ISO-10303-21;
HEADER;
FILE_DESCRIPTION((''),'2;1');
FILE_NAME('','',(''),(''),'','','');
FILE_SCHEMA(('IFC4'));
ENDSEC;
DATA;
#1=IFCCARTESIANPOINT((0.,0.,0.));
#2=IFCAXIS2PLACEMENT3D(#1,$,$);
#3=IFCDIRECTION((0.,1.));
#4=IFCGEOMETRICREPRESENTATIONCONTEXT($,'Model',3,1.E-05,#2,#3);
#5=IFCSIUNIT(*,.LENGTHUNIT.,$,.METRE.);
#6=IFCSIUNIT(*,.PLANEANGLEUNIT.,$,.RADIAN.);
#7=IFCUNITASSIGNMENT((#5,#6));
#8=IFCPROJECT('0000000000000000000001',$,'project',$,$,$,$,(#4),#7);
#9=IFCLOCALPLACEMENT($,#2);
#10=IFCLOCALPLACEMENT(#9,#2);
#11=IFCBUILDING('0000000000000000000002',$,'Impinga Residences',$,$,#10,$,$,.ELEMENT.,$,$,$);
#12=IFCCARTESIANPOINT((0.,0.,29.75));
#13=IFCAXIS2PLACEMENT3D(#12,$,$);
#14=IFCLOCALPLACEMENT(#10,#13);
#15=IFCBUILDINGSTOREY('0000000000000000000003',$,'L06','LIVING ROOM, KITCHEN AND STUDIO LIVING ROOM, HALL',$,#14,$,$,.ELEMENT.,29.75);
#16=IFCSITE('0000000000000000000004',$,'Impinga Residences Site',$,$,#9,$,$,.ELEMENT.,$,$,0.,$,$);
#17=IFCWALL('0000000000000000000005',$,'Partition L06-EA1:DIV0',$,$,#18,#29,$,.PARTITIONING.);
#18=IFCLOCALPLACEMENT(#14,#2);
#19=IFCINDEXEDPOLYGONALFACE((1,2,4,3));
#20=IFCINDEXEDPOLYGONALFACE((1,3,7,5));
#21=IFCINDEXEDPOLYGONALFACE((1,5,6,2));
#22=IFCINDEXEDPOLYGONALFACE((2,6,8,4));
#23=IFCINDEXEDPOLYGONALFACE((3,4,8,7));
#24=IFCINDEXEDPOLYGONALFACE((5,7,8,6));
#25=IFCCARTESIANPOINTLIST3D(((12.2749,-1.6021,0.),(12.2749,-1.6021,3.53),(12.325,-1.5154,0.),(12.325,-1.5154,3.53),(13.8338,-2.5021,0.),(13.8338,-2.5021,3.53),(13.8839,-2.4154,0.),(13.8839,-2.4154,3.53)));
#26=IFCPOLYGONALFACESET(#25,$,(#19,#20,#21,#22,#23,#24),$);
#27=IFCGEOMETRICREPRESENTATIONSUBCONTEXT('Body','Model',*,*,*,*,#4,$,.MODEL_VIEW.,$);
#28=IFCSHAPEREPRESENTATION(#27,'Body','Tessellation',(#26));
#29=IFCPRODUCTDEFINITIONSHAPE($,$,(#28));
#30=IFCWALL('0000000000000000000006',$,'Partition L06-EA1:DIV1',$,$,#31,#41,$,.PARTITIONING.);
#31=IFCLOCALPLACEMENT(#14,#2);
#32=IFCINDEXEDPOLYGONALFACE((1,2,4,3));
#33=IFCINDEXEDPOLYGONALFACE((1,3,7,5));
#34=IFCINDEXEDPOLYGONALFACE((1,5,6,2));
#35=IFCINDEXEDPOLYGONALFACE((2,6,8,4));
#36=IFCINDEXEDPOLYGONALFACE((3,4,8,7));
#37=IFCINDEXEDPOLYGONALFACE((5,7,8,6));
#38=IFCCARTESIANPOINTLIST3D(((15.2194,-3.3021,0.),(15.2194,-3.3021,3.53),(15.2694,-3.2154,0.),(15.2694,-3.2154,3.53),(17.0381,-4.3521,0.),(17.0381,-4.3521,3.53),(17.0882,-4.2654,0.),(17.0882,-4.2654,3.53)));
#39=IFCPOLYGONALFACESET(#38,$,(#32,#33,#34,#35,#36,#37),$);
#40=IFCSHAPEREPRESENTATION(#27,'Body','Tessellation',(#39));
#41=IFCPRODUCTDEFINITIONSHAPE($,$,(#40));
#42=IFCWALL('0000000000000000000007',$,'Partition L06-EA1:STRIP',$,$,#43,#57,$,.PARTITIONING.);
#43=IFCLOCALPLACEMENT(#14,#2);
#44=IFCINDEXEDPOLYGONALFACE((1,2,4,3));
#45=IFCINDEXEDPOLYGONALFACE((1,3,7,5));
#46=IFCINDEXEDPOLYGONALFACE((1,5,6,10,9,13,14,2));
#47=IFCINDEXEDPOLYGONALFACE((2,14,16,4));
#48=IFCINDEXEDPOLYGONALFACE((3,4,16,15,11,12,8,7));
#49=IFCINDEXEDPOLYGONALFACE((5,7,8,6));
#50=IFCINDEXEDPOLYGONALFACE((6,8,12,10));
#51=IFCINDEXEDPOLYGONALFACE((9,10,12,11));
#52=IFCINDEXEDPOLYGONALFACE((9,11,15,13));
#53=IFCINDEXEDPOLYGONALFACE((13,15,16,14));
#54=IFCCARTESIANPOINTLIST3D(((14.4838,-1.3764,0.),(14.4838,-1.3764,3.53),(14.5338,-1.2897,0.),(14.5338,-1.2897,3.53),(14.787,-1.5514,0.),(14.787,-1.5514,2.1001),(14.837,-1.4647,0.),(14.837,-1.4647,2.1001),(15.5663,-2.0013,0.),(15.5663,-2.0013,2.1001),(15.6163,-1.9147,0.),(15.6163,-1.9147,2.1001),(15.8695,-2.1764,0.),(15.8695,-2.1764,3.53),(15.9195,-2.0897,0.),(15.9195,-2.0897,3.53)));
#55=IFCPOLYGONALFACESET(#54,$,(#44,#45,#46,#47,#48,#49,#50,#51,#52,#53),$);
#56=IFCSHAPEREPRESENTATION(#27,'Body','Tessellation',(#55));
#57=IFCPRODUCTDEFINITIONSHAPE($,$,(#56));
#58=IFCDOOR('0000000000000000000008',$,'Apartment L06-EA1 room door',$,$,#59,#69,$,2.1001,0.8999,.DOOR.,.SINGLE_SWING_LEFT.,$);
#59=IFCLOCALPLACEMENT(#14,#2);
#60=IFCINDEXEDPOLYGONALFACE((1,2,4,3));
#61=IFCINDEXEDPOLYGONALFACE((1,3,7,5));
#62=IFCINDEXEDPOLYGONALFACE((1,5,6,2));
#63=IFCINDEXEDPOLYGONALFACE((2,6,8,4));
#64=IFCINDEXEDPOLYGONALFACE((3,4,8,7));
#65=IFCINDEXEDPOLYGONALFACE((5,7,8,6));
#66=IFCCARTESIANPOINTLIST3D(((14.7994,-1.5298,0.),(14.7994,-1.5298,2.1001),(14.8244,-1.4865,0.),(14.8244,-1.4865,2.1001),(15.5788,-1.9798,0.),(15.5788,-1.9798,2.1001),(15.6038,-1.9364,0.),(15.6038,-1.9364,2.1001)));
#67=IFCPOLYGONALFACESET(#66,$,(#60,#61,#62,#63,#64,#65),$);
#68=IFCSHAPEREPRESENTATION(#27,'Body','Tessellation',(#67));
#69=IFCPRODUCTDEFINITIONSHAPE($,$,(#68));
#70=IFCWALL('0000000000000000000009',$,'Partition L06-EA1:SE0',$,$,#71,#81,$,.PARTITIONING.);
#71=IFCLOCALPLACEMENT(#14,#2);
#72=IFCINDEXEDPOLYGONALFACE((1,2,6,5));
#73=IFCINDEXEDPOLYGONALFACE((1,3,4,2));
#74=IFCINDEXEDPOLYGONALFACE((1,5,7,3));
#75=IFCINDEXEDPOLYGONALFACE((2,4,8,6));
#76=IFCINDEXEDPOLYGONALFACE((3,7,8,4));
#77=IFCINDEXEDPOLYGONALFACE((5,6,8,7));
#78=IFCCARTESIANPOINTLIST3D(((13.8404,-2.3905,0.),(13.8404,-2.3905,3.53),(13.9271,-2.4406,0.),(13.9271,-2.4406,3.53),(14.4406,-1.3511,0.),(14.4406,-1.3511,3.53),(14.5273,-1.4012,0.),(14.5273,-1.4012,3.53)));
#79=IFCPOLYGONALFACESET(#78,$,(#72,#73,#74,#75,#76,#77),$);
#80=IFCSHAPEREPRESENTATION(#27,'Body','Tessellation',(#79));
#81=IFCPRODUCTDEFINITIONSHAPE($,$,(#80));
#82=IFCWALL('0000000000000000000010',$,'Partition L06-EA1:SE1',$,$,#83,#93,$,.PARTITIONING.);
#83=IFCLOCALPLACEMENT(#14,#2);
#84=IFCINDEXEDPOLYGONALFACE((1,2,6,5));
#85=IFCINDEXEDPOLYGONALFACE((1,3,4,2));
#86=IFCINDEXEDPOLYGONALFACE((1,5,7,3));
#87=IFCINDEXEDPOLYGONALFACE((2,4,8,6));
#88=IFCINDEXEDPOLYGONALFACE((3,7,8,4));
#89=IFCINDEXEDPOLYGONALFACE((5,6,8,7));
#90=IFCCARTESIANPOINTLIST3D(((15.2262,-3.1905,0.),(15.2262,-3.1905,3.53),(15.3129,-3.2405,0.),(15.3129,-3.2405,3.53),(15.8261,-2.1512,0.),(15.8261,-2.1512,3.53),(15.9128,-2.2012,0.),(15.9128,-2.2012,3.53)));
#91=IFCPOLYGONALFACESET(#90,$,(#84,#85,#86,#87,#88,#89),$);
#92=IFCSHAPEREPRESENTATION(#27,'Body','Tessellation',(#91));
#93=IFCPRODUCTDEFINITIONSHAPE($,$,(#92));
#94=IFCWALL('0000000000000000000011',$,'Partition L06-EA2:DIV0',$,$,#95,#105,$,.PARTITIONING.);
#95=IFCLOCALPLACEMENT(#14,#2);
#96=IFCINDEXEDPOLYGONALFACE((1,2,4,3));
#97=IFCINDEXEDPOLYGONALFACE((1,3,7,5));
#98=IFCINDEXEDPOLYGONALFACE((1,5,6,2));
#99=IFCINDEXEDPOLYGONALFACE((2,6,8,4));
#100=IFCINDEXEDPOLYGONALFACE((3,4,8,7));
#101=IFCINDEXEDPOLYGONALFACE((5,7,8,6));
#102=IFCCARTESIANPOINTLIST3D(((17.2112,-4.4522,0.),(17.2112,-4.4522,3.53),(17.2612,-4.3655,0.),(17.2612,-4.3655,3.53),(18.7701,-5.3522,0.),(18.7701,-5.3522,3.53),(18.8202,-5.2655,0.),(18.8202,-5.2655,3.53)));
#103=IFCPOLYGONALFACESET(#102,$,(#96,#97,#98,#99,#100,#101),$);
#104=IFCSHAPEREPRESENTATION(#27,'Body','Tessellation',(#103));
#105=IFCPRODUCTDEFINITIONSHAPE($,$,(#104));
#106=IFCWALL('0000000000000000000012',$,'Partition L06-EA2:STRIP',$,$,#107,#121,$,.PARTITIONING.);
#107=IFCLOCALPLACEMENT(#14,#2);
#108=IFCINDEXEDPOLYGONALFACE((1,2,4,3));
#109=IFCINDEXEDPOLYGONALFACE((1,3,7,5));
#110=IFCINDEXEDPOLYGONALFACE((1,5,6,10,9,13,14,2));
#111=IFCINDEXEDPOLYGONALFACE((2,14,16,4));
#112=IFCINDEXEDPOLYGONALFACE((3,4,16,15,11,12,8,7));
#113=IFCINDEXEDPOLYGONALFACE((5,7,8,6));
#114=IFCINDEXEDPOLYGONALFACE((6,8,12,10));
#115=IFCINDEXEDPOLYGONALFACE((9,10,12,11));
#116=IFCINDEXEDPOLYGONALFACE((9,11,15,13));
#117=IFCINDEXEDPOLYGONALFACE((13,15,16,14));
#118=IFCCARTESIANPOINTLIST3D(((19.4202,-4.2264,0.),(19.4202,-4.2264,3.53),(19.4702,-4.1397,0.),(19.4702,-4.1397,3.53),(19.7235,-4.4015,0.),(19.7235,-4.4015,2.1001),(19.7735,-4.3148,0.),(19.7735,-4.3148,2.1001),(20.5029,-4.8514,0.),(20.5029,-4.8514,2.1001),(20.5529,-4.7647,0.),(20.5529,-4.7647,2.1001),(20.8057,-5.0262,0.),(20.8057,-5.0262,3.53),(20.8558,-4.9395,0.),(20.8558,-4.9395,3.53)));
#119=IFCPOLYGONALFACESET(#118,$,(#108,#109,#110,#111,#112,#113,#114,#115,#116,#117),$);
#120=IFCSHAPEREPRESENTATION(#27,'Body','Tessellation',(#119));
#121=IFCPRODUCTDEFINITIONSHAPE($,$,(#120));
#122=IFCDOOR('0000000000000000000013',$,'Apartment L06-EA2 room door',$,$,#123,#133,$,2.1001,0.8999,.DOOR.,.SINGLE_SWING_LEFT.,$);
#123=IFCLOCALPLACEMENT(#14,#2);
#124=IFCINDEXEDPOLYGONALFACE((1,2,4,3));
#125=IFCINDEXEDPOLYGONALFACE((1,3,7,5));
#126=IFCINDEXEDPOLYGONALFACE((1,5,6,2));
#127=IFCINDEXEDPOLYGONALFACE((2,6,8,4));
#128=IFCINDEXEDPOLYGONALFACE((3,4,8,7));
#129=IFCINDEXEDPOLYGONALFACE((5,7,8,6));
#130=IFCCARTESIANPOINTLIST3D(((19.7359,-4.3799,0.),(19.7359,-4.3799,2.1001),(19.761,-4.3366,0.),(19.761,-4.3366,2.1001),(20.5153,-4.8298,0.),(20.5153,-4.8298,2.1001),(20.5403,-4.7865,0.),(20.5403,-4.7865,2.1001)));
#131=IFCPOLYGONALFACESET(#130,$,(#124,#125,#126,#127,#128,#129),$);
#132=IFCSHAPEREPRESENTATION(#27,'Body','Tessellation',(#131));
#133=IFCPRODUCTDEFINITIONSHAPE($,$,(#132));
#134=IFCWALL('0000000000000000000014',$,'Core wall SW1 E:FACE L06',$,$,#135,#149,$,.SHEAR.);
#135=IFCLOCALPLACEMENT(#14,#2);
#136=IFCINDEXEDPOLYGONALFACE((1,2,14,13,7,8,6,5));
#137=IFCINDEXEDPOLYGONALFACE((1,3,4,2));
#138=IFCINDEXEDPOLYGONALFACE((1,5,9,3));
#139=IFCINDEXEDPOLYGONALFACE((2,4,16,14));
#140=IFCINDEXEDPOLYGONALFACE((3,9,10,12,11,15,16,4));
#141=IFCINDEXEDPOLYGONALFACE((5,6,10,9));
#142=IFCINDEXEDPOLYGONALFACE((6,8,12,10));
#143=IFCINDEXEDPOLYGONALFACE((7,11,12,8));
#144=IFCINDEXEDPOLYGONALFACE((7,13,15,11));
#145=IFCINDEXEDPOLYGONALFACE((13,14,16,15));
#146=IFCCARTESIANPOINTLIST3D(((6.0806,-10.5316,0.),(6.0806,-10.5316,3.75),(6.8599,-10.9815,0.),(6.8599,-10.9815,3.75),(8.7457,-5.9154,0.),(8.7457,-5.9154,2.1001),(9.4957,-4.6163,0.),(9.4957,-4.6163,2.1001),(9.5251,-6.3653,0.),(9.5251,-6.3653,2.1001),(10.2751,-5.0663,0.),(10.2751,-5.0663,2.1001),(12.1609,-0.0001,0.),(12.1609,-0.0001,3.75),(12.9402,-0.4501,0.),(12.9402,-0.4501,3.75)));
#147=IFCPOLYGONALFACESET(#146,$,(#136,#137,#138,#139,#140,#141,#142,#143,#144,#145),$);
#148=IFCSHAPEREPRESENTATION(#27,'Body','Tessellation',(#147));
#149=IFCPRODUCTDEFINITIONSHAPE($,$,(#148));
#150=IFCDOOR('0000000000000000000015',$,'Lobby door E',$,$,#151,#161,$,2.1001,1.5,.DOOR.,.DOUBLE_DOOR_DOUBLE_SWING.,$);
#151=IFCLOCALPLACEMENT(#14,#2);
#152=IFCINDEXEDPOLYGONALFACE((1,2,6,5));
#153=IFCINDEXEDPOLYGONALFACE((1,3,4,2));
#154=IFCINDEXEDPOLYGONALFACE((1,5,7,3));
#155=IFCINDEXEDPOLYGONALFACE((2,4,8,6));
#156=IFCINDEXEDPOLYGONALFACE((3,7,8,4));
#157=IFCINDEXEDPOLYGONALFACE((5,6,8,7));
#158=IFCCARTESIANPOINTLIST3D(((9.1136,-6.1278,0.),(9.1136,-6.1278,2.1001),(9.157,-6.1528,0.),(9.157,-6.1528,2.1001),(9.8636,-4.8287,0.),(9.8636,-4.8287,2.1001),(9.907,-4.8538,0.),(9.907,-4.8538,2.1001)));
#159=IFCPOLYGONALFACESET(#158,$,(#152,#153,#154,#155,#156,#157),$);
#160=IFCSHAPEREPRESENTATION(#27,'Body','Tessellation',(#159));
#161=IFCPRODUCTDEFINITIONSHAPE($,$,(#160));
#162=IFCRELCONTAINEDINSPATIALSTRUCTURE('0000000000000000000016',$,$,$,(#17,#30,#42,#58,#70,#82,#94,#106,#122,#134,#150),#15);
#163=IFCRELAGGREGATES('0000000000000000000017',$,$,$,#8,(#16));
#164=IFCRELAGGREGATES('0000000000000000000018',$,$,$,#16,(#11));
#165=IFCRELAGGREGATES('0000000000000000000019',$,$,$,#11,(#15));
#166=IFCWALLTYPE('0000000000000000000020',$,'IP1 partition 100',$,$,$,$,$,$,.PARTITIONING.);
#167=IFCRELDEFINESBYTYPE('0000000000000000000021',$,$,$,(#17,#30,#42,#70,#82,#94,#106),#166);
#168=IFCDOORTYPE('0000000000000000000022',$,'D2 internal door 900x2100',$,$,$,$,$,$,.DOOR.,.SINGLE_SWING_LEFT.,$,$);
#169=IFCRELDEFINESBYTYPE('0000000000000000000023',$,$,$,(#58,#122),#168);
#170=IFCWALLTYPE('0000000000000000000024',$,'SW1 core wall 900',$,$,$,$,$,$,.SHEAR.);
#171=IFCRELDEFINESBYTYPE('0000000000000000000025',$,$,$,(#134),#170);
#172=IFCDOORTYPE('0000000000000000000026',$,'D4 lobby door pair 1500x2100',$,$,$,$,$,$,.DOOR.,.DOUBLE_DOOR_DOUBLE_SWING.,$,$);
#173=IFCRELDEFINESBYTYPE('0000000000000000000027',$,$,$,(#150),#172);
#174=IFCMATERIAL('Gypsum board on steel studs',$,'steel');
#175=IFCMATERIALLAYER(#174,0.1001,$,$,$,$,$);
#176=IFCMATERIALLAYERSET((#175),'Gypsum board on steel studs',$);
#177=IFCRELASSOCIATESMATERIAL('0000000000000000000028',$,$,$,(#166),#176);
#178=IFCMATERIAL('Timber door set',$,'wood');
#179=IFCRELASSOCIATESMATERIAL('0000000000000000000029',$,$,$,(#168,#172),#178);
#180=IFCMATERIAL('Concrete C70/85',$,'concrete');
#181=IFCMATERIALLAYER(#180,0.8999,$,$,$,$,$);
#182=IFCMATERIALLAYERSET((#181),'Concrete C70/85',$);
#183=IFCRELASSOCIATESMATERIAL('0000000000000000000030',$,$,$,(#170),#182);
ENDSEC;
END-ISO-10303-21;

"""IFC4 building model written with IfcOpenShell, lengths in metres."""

from ifc_helpers import new_model, si_unit, direction, frame, frame_2d, origin, place, context, subcontext, project, spatial, rectangle, extrude, material, layer, layer_set, type_object, element, fill, save


model = new_model("IFC4")

# Units and contexts
model_context = context("Model", 3, precision=1e-05, world=origin(), true_north=direction((0.0, 1.0)))
body_context = subcontext(model_context, "Body", "Model", "MODEL_VIEW")
ifc_project = project(units=[si_unit("LENGTHUNIT", "METRE"), si_unit("PLANEANGLEUNIT", "RADIAN")], contexts=[model_context])

# Site, building, storey
site_placement = place(None, origin())
site = spatial("IfcSite", under=ifc_project, at=site_placement, Name="Impinga Residences Site", CompositionType="ELEMENT", RefElevation=0.0)
building_placement = place(site_placement, origin())
building = spatial("IfcBuilding", under=site, at=building_placement, Name="Impinga Residences", CompositionType="ELEMENT")
storey_placement = place(building_placement, frame((0.0, 0.0, 29.75)))
storey = spatial("IfcBuildingStorey", under=building, at=storey_placement, Name="L06", Description="LIVING ROOM, KITCHEN AND STUDIO LIVING ROOM, HALL", CompositionType="ELEMENT", Elevation=29.75)

# Shared definitions
ifc_material_1 = material(Name="Concrete C70/85", Category="concrete")

# Walls
ifc_material_2 = material(Name="Gypsum board on steel studs", Category="steel")
ifc_layer_1 = layer(ifc_material_2, 0.1001)
ifc_layer_set_1 = layer_set([ifc_layer_1], Name="Gypsum board on steel studs")
wall_type_1 = type_object("IfcWallType", Name="IP1 partition 100", PredefinedType="PARTITIONING", material=ifc_layer_set_1)
wall_1_placement = place(storey_placement, frame((12.3, -1.5588, 0.0), z_axis=(0.0, 0.0, 1.0), x_axis=(0.866048, -0.499961, 0.0)))
element("IfcWall", 1, at=wall_1_placement, inside=storey, type_object=wall_type_1, Name="Partition L06-EA1:DIV0", PredefinedType="PARTITIONING", context=body_context, shape_type="SweptSolid", body=[
    extrude(rectangle(XDim=1.8, YDim=0.1001, at=frame_2d((0.8999, 0.0))), origin(), (0.0, 0.0, 1.0), 3.53),
])
wall_2_placement = place(storey_placement, frame((15.2444, -3.2588, 0.0), z_axis=(0.0, 0.0, 1.0), x_axis=(0.866038, -0.499977, 0.0)))
element("IfcWall", 2, at=wall_2_placement, inside=storey, type_object=wall_type_1, Name="Partition L06-EA1:DIV1", PredefinedType="PARTITIONING", context=body_context, shape_type="SweptSolid", body=[
    extrude(rectangle(XDim=2.1001, YDim=0.1001, at=frame_2d((1.05, 0.0))), origin(), (0.0, 0.0, 1.0), 3.53),
])

# Wall, opening, door
wall_3_placement = place(storey_placement, frame((14.5088, -1.333, 0.0), z_axis=(0.0, 0.0, 1.0), x_axis=(0.866028, -0.499995, 0.0)))
wall_3 = element("IfcWall", 3, at=wall_3_placement, inside=storey, type_object=wall_type_1, Name="Partition L06-EA1:STRIP", PredefinedType="PARTITIONING", context=body_context, shape_type="SweptSolid", body=[
    extrude(rectangle(XDim=1.6001, YDim=0.1001, at=frame_2d((0.8, 0.0))), origin(), (0.0, 0.0, 1.0), 3.53),
])
opening_1_placement = place(wall_3_placement, frame((0.3501, 0.0, 0.0)))
opening_1 = element("IfcOpeningElement", 4, at=opening_1_placement, cuts=wall_3, PredefinedType="OPENING", context=body_context, shape_type="SweptSolid", body=[
    extrude(rectangle(XDim=0.8999, YDim=2.1001, at=frame_2d((0.45, 1.05))), frame((0.0, 0.0601, 0.0), z_axis=(0.0, -1.0, 0.0), x_axis=(1.0, 0.0, 0.0)), (0.0, 0.0, 1.0), 0.1201),
])
ifc_material_3 = material(Name="Timber door set", Category="wood")
door_type_1 = type_object("IfcDoorType", Name="D2 internal door 900x2100", OperationType="SINGLE_SWING_LEFT", PredefinedType="DOOR", material=ifc_material_3)
door_1_placement = place(opening_1_placement, origin())
door_1 = element("IfcDoor", 5, at=door_1_placement, inside=storey, type_object=door_type_1, Name="Apartment L06-EA1 room door", OperationType="SINGLE_SWING_LEFT", OverallHeight=2.1001, OverallWidth=0.8999, PredefinedType="DOOR", context=body_context, shape_type="SweptSolid", body=[
    extrude(rectangle(XDim=0.8999, YDim=2.1001, at=frame_2d((0.45, 1.05))), frame((0.0, 0.0249, 0.0), z_axis=(0.0, -1.0, 0.0), x_axis=(1.0, 0.0, 0.0)), (0.0, 0.0, 1.0), 0.05),
])
fill(opening_1, door_1)

# Walls
wall_4_placement = place(storey_placement, frame((13.8838, -2.4155, 0.0), z_axis=(0.0, 0.0, 1.0), x_axis=(0.500034, 0.866006, 0.0)))
element("IfcWall", 6, at=wall_4_placement, inside=storey, type_object=wall_type_1, Name="Partition L06-EA1:SE0", PredefinedType="PARTITIONING", context=body_context, shape_type="SweptSolid", body=[
    extrude(rectangle(XDim=1.2002, YDim=0.1001, at=frame_2d((0.6001, 0.0))), origin(), (0.0, 0.0, 1.0), 3.53),
])
wall_5_placement = place(storey_placement, frame((15.2695, -3.2156, 0.0), z_axis=(0.0, 0.0, 1.0), x_axis=(0.499881, 0.866094, 0.0)))
element("IfcWall", 7, at=wall_5_placement, inside=storey, type_object=wall_type_1, Name="Partition L06-EA1:SE1", PredefinedType="PARTITIONING", context=body_context, shape_type="SweptSolid", body=[
    extrude(rectangle(XDim=1.2, YDim=0.1001, at=frame_2d((0.6001, 0.0))), origin(), (0.0, 0.0, 1.0), 3.53),
])
wall_6_placement = place(storey_placement, frame((17.2363, -4.4089, 0.0), z_axis=(0.0, 0.0, 1.0), x_axis=(0.866048, -0.499961, 0.0)))
element("IfcWall", 8, at=wall_6_placement, inside=storey, type_object=wall_type_1, Name="Partition L06-EA2:DIV0", PredefinedType="PARTITIONING", context=body_context, shape_type="SweptSolid", body=[
    extrude(rectangle(XDim=1.8, YDim=0.1001, at=frame_2d((0.8999, 0.0))), origin(), (0.0, 0.0, 1.0), 3.53),
])

# Walls, openings, doors
wall_7_placement = place(storey_placement, frame((19.4453, -4.1831, 0.0), z_axis=(0.0, 0.0, 1.0), x_axis=(0.866056, -0.499947, 0.0)))
wall_7 = element("IfcWall", 9, at=wall_7_placement, inside=storey, type_object=wall_type_1, Name="Partition L06-EA2:STRIP", PredefinedType="PARTITIONING", context=body_context, shape_type="SweptSolid", body=[
    extrude(rectangle(XDim=1.5999, YDim=0.1001, at=frame_2d((0.7998, 0.0))), origin(), (0.0, 0.0, 1.0), 3.53),
])
opening_2_placement = place(wall_7_placement, frame((0.3501, 0.0, 0.0)))
opening_2 = element("IfcOpeningElement", 10, at=opening_2_placement, cuts=wall_7, PredefinedType="OPENING", context=body_context, shape_type="SweptSolid", body=[
    extrude(rectangle(XDim=0.8999, YDim=2.1001, at=frame_2d((0.45, 1.05))), frame((0.0, 0.0601, 0.0), z_axis=(0.0, -1.0, 0.0), x_axis=(1.0, 0.0, 0.0)), (0.0, 0.0, 1.0), 0.1201),
])
door_2_placement = place(opening_2_placement, origin())
door_2 = element("IfcDoor", 11, at=door_2_placement, inside=storey, type_object=door_type_1, Name="Apartment L06-EA2 room door", OperationType="SINGLE_SWING_LEFT", OverallHeight=2.1001, OverallWidth=0.8999, PredefinedType="DOOR", context=body_context, shape_type="SweptSolid", body=[
    extrude(rectangle(XDim=0.8999, YDim=2.1001, at=frame_2d((0.45, 1.05))), frame((0.0, 0.0249, 0.0), z_axis=(0.0, -1.0, 0.0), x_axis=(1.0, 0.0, 0.0)), (0.0, 0.0, 1.0), 0.05),
])
fill(opening_2, door_2)
ifc_layer_2 = layer(ifc_material_1, 0.8999)
ifc_layer_set_2 = layer_set([ifc_layer_2], Name="Concrete C70/85")
wall_type_2 = type_object("IfcWallType", Name="SW1 core wall 900", PredefinedType="SHEAR", material=ifc_layer_set_2)
wall_8_placement = place(storey_placement, frame((12.5505, -0.2251, 0.0), z_axis=(0.0, 0.0, 1.0), x_axis=(-0.499998, -0.866027, 0.0)))
wall_8 = element("IfcWall", 12, at=wall_8_placement, inside=storey, type_object=wall_type_2, Name="Core wall SW1 E:FACE L06", PredefinedType="SHEAR", context=body_context, shape_type="SweptSolid", body=[
    extrude(rectangle(XDim=12.1606, YDim=0.8999, at=frame_2d((6.0803, 0.0))), origin(), (0.0, 0.0, 1.0), 3.75),
])
opening_3_placement = place(wall_8_placement, frame((5.3303, 0.0, 0.0)))
opening_3 = element("IfcOpeningElement", 13, at=opening_3_placement, cuts=wall_8, PredefinedType="OPENING", context=body_context, shape_type="SweptSolid", body=[
    extrude(rectangle(XDim=1.5, YDim=2.1001, at=frame_2d((0.75, 1.05))), frame((0.0, 0.46, 0.0), z_axis=(0.0, -1.0, 0.0), x_axis=(1.0, 0.0, 0.0)), (0.0, 0.0, 1.0), 0.9199),
])
door_type_2 = type_object("IfcDoorType", Name="D4 lobby door pair 1500x2100", OperationType="DOUBLE_DOOR_DOUBLE_SWING", PredefinedType="DOOR", material=ifc_material_3)
door_3_placement = place(opening_3_placement, origin())
door_3 = element("IfcDoor", 14, at=door_3_placement, inside=storey, type_object=door_type_2, Name="Lobby door E", OperationType="DOUBLE_DOOR_DOUBLE_SWING", OverallHeight=2.1001, OverallWidth=1.5, PredefinedType="DOOR", context=body_context, shape_type="SweptSolid", body=[
    extrude(rectangle(XDim=1.5, YDim=2.1001, at=frame_2d((0.75, 1.05))), frame((0.0, 0.0249, 0.0), z_axis=(0.0, -1.0, 0.0), x_axis=(1.0, 0.0, 0.0)), (0.0, 0.0, 1.0), 0.05),
])
fill(opening_3, door_3)

save(model, "model.ifc")
